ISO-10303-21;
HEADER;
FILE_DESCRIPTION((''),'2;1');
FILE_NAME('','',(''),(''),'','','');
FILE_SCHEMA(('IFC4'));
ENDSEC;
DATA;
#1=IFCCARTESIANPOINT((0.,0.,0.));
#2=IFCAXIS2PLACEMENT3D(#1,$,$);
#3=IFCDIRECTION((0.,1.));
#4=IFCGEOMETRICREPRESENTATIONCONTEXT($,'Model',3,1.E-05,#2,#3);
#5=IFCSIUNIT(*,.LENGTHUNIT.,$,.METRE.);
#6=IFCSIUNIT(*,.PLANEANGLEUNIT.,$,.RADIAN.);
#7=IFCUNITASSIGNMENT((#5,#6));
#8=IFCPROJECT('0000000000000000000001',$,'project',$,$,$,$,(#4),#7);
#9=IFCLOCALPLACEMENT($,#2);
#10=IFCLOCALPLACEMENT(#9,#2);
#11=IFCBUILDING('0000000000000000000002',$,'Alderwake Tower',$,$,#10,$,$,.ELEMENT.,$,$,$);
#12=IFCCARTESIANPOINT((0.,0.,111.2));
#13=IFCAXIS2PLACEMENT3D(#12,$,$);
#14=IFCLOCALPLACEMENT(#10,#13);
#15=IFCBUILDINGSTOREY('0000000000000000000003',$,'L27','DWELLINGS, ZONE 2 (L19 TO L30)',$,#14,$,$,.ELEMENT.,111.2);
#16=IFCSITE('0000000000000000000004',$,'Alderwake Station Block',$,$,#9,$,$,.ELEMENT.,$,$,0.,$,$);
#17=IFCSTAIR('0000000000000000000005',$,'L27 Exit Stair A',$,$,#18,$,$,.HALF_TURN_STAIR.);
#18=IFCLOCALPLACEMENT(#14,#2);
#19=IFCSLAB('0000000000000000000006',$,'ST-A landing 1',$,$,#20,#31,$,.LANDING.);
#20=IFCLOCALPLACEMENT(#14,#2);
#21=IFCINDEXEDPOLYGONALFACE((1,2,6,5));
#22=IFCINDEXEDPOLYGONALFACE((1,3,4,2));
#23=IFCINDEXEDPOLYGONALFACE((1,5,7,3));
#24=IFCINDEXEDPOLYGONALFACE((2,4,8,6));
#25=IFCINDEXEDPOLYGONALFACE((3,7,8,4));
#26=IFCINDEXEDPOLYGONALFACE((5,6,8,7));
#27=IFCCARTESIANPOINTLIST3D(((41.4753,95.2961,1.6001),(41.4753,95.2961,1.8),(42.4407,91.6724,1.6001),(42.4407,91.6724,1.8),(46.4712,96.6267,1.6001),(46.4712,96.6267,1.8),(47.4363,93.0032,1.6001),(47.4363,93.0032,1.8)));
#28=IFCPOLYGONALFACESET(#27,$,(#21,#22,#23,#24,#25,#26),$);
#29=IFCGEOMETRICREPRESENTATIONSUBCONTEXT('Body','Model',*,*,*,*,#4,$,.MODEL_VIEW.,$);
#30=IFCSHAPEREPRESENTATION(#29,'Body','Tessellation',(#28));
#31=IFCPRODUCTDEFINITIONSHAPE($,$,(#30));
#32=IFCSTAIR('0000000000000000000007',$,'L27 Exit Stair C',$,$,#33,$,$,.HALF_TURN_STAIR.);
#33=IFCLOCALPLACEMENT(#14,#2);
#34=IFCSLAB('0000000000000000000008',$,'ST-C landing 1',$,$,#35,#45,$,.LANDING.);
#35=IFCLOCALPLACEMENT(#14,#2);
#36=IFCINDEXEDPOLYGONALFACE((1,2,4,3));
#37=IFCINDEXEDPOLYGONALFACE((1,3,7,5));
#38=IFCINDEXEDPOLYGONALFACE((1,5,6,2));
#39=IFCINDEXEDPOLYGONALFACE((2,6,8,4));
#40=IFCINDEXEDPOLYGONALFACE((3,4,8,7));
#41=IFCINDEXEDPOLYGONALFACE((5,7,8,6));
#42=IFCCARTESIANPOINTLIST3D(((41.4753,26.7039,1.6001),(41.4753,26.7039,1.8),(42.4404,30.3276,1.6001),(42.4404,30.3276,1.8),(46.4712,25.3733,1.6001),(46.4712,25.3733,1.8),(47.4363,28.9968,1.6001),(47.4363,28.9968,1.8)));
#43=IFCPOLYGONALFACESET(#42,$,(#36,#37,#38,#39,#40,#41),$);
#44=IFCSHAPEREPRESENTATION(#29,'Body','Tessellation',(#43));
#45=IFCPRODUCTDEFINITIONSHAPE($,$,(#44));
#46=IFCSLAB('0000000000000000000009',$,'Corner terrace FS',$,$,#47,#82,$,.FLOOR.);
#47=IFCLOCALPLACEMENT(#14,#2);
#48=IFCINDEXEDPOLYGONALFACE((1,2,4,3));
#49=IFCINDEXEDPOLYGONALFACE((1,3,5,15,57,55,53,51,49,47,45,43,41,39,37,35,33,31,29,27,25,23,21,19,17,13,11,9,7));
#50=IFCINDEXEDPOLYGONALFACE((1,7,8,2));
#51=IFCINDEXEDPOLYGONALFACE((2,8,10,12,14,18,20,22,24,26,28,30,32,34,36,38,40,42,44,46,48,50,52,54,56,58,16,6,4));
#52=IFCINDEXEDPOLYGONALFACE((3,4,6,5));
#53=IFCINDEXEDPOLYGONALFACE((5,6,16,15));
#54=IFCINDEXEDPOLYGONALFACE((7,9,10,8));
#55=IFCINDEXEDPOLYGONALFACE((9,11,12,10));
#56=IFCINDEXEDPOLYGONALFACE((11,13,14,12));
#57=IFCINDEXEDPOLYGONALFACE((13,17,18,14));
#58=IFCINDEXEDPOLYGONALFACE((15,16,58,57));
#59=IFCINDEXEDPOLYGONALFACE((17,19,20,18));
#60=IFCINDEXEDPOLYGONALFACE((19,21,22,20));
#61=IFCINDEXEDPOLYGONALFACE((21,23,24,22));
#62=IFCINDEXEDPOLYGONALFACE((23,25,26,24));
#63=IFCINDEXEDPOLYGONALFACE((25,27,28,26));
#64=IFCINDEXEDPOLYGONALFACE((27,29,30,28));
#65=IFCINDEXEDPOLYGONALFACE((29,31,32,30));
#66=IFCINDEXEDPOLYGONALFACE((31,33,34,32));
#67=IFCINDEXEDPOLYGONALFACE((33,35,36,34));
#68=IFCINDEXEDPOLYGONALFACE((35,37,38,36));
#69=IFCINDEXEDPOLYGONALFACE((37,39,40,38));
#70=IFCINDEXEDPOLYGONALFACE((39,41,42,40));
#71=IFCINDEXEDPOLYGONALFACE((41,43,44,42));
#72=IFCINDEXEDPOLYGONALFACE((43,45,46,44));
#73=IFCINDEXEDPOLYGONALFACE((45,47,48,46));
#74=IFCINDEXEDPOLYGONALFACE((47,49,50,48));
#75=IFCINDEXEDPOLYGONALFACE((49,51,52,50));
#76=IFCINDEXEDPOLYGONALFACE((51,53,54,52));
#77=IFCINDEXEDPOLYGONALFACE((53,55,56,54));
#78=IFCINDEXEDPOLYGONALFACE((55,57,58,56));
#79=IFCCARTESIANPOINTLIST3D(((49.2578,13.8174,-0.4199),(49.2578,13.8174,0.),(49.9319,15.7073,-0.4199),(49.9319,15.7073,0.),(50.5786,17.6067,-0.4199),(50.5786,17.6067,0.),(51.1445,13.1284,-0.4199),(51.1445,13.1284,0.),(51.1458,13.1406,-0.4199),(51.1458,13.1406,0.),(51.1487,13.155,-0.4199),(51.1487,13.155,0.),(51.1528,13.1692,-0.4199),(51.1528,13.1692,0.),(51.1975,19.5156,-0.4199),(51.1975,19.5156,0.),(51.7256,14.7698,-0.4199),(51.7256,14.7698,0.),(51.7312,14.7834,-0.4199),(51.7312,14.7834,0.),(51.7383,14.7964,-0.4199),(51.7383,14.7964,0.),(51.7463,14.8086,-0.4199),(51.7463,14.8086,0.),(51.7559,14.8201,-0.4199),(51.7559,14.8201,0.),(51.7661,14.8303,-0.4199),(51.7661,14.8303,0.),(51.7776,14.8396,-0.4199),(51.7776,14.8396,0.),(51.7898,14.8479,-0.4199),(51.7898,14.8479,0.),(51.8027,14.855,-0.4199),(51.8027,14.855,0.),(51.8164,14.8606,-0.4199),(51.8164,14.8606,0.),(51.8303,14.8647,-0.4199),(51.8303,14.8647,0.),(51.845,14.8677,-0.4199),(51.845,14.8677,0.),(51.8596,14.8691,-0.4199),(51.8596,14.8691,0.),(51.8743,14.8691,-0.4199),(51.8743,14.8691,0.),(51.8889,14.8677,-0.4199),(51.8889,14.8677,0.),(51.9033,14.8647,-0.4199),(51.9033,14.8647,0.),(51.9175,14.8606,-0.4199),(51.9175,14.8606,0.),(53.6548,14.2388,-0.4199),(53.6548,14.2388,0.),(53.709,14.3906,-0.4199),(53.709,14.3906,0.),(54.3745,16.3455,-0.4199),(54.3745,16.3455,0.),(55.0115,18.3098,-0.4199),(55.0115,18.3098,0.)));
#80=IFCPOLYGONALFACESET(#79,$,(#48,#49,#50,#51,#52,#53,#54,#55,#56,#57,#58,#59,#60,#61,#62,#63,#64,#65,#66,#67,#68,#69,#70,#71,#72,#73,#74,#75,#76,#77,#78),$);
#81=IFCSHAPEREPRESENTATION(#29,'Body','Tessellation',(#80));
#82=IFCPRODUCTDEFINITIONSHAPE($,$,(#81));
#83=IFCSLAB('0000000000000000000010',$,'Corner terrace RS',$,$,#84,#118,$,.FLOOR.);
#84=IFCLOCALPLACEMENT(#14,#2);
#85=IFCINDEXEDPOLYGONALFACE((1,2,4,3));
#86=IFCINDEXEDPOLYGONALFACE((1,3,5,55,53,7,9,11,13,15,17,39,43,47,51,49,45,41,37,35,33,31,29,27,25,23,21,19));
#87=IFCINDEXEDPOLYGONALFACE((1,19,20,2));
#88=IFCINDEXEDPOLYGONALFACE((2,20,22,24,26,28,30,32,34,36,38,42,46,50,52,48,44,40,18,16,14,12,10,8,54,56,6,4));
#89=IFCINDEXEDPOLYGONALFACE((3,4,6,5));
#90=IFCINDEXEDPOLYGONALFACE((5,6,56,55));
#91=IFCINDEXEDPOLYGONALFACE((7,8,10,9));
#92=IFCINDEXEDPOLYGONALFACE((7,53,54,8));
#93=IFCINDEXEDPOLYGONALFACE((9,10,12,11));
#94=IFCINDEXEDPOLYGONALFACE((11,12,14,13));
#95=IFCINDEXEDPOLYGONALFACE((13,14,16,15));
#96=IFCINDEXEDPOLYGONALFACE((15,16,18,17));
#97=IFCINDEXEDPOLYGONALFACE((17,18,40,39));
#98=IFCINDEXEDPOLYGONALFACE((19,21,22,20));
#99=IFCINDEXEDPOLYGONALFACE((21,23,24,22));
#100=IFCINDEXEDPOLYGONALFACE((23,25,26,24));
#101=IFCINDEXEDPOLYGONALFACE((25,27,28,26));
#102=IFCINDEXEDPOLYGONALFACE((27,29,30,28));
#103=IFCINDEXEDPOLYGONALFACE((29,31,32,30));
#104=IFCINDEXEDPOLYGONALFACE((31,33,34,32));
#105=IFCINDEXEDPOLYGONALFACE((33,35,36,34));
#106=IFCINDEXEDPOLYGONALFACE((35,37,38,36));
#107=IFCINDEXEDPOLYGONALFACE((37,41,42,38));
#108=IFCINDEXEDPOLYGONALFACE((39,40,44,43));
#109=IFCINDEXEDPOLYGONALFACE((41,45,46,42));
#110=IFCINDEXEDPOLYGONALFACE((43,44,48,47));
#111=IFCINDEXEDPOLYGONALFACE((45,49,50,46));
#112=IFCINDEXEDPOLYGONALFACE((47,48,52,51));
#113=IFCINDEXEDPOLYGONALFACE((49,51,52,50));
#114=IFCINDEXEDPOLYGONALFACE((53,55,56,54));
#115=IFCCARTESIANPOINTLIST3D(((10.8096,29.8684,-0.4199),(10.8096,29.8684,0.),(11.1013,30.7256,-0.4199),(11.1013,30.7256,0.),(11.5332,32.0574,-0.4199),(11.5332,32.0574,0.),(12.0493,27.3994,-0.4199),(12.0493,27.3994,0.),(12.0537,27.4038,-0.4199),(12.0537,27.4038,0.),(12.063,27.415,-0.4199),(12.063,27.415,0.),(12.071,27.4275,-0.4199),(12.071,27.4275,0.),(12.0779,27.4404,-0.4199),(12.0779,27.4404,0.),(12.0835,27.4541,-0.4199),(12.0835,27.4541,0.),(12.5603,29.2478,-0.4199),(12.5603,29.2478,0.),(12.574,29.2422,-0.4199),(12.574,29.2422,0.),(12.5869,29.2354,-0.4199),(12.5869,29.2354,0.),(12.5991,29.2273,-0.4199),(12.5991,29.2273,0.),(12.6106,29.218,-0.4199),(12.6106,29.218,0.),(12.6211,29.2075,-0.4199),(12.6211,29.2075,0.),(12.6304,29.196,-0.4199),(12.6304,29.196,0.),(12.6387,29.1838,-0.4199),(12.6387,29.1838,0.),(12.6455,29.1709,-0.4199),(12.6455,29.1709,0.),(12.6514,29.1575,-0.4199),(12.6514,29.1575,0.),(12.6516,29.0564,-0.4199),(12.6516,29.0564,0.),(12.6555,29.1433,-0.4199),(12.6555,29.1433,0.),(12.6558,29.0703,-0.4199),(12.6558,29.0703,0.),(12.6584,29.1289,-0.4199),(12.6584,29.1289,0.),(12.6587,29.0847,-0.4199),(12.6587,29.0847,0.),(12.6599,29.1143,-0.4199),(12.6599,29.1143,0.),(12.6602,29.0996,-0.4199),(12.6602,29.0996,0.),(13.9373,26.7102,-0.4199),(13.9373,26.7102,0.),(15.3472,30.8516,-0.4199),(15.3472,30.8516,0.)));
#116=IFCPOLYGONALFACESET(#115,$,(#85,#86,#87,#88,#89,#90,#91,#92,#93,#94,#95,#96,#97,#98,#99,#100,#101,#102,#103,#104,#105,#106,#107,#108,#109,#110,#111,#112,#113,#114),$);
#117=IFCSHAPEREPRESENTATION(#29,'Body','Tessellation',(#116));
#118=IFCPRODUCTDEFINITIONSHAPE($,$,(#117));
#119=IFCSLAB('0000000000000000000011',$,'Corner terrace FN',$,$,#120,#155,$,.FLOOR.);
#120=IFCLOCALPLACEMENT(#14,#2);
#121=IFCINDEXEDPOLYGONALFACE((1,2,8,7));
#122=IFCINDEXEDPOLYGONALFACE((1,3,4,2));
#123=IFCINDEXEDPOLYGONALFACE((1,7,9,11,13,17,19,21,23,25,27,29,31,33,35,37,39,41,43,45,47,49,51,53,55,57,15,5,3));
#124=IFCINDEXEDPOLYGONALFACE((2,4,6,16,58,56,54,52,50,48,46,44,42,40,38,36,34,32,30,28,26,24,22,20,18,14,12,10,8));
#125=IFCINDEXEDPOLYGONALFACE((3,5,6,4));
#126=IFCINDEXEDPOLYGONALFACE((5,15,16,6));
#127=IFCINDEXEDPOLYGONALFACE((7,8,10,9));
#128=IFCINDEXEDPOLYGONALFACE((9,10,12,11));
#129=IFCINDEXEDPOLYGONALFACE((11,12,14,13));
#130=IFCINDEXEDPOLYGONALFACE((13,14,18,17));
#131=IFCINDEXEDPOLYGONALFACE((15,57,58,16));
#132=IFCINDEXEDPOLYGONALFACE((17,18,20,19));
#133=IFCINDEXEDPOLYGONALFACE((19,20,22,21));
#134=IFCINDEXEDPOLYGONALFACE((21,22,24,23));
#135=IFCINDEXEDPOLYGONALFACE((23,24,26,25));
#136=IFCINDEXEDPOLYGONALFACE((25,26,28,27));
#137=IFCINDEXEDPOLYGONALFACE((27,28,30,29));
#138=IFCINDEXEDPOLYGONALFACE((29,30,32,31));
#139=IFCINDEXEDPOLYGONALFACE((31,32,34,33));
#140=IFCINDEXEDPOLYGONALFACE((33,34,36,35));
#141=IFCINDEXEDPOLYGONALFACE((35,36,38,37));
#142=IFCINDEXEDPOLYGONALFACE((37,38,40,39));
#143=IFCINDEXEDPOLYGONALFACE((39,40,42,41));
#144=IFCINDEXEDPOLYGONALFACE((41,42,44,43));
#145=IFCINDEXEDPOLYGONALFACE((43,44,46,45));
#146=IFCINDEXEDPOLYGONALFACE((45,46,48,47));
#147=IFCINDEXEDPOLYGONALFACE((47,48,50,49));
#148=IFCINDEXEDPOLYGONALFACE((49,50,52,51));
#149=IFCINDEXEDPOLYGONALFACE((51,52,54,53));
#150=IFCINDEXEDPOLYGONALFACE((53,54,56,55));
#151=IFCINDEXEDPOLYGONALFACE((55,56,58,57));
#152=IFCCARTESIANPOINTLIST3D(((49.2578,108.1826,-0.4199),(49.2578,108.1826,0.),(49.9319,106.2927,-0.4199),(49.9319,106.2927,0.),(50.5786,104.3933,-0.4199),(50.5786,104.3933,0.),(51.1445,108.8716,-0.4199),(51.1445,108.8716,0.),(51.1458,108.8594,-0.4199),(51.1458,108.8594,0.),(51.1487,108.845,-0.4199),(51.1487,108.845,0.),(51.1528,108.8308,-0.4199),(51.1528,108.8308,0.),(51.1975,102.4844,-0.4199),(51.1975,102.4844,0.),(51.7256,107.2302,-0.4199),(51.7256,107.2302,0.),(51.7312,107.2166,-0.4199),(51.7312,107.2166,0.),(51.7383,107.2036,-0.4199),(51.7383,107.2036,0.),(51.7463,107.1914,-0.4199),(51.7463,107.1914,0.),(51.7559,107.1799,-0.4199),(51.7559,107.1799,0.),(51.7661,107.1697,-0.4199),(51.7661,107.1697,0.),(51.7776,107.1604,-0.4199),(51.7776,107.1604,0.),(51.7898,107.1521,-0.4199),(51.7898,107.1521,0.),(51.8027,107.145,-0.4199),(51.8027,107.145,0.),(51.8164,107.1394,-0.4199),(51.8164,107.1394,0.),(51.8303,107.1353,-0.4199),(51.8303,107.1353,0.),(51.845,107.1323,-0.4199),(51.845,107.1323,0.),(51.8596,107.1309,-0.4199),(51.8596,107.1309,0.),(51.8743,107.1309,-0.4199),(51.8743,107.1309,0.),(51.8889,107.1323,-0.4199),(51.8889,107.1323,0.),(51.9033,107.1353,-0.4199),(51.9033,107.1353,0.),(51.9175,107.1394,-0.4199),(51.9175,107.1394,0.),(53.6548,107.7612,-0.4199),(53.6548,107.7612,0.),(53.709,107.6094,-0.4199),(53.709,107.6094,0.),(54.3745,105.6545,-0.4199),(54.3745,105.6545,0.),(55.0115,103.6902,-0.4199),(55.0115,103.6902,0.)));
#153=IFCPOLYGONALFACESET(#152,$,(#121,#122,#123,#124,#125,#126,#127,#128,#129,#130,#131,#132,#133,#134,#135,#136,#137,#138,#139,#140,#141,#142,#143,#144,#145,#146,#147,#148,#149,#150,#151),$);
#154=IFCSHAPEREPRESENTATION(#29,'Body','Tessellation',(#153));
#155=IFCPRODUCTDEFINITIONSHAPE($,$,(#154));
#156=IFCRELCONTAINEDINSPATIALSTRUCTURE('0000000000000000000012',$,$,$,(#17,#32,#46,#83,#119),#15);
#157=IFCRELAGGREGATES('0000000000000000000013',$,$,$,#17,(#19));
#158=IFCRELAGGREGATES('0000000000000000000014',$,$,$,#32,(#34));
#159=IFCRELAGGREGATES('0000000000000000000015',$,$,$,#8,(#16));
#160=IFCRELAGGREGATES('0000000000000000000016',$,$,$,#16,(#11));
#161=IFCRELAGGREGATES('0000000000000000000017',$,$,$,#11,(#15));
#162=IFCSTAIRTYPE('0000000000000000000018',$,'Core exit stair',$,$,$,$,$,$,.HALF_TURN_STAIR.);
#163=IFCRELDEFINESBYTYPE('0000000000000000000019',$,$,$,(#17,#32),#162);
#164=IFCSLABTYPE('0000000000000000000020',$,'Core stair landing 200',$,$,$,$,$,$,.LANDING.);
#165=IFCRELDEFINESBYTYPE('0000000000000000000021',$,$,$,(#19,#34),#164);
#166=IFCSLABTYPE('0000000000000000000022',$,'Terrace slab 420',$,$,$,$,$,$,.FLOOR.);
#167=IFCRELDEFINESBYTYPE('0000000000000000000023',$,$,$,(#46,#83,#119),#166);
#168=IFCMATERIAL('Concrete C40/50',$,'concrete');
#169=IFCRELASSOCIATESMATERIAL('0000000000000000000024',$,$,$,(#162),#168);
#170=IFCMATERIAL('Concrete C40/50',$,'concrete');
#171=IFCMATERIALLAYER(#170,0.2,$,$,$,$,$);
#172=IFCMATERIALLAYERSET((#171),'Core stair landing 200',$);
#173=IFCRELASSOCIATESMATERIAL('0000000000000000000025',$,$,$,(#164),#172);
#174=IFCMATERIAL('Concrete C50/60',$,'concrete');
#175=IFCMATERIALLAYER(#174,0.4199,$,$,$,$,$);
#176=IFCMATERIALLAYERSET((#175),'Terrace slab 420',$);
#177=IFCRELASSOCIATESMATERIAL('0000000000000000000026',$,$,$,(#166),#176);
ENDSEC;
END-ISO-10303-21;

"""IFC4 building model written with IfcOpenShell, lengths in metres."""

from ifc_helpers import new_model, si_unit, direction, frame, origin, place, context, subcontext, project, spatial, polyline, outline, extrude, material, layer, layer_set, type_object, element, aggregate, save


model = new_model("IFC4")

# Units and contexts
model_context = context("Model", 3, precision=1e-05, world=origin(), true_north=direction((0.0, 1.0)))
body_context = subcontext(model_context, "Body", "Model", "MODEL_VIEW")
ifc_project = project(units=[si_unit("LENGTHUNIT", "METRE"), si_unit("PLANEANGLEUNIT", "RADIAN")], contexts=[model_context])

# Site, building, storey
site_placement = place(None, origin())
site = spatial("IfcSite", under=ifc_project, at=site_placement, Name="Alderwake Station Block", CompositionType="ELEMENT", RefElevation=0.0)
building_placement = place(site_placement, origin())
building = spatial("IfcBuilding", under=site, at=building_placement, Name="Alderwake Tower", CompositionType="ELEMENT")
storey_placement = place(building_placement, frame((0.0, 0.0, 111.2)))
storey = spatial("IfcBuildingStorey", under=building, at=storey_placement, Name="L27", Description="DWELLINGS, ZONE 2 (L19 TO L30)", CompositionType="ELEMENT", Elevation=111.2)

# Stairs, slabs
ifc_material_1 = material(Name="Concrete C40/50", Category="concrete")
stair_type = type_object("IfcStairType", Name="Core exit stair", PredefinedType="HALF_TURN_STAIR", material=ifc_material_1)
ifc_material_2 = material(Name="Concrete C40/50", Category="concrete")
ifc_layer_1 = layer(ifc_material_2, 0.2)
ifc_layer_set_1 = layer_set([ifc_layer_1], Name="Core stair landing 200")
slab_type_1 = type_object("IfcSlabType", Name="Core stair landing 200", PredefinedType="LANDING", material=ifc_layer_set_1)
stair_1_placement = place(storey_placement, origin())
stair_1 = element("IfcStair", 1, at=stair_1_placement, inside=storey, type_object=stair_type, Name="L27 Exit Stair A", PredefinedType="HALF_TURN_STAIR")
slab_1_placement = place(storey_placement, frame((0.0, 0.0, 1.6001)))
slab_1 = element("IfcSlab", 2, at=slab_1_placement, type_object=slab_type_1, Name="ST-A landing 1", PredefinedType="LANDING", context=body_context, shape_type="SweptSolid", body=[
    extrude(outline(polyline([(42.4407, 91.6724), (47.4363, 93.0032), (46.4712, 96.6267), (41.4753, 95.2961), (42.4407, 91.6724)])), origin(), (0.0, 0.0, 1.0), 0.2),
])
aggregate(stair_1, [slab_1])
stair_2_placement = place(storey_placement, origin())
stair_2 = element("IfcStair", 3, at=stair_2_placement, inside=storey, type_object=stair_type, Name="L27 Exit Stair C", PredefinedType="HALF_TURN_STAIR")
slab_2_placement = place(storey_placement, frame((0.0, 0.0, 1.6001)))
slab_2 = element("IfcSlab", 4, at=slab_2_placement, type_object=slab_type_1, Name="ST-C landing 1", PredefinedType="LANDING", context=body_context, shape_type="SweptSolid", body=[
    extrude(outline(polyline([(41.4753, 26.7039), (46.4712, 25.3733), (47.4363, 28.9968), (42.4404, 30.3276), (41.4753, 26.7039)])), origin(), (0.0, 0.0, 1.0), 0.2),
])
aggregate(stair_2, [slab_2])

# Slabs
ifc_material_3 = material(Name="Concrete C50/60", Category="concrete")
ifc_layer_2 = layer(ifc_material_3, 0.4199)
ifc_layer_set_2 = layer_set([ifc_layer_2], Name="Terrace slab 420")
slab_type_2 = type_object("IfcSlabType", Name="Terrace slab 420", PredefinedType="FLOOR", material=ifc_layer_set_2)
slab_3_placement = place(storey_placement, frame((0.0, 0.0, -0.4199)))
element("IfcSlab", 5, at=slab_3_placement, inside=storey, type_object=slab_type_2, Name="Corner terrace FS", PredefinedType="FLOOR", context=body_context, shape_type="SweptSolid", body=[
    extrude(outline(polyline([(53.709, 14.3906), (53.6548, 14.2388), (51.9175, 14.8606), (51.9033, 14.8647), (51.8889, 14.8677), (51.8743, 14.8691), (51.8596, 14.8691), (51.845, 14.8677), (51.8303, 14.8647), (51.8164, 14.8606), (51.8027, 14.855), (51.7898, 14.8479), (51.7776, 14.8396), (51.7661, 14.8303), (51.7559, 14.8201), (51.7463, 14.8086), (51.7383, 14.7964), (51.7312, 14.7834), (51.7256, 14.7698), (51.1528, 13.1692), (51.1487, 13.155), (51.1458, 13.1406), (51.1445, 13.1284), (49.2578, 13.8174), (49.9319, 15.7073), (50.5786, 17.6067), (51.1975, 19.5156), (55.0115, 18.3098), (54.3745, 16.3455), (53.709, 14.3906)])), origin(), (0.0, 0.0, 1.0), 0.4199),
])
slab_4_placement = place(storey_placement, frame((0.0, 0.0, -0.4199)))
element("IfcSlab", 6, at=slab_4_placement, inside=storey, type_object=slab_type_2, Name="Corner terrace RS", PredefinedType="FLOOR", context=body_context, shape_type="SweptSolid", body=[
    extrude(outline(polyline([(13.9373, 26.7102), (12.0493, 27.3994), (12.0537, 27.4038), (12.063, 27.415), (12.071, 27.4275), (12.0779, 27.4404), (12.0835, 27.4541), (12.6516, 29.0564), (12.6558, 29.0703), (12.6587, 29.0847), (12.6602, 29.0996), (12.6599, 29.1143), (12.6584, 29.1289), (12.6555, 29.1433), (12.6514, 29.1575), (12.6455, 29.1709), (12.6387, 29.1838), (12.6304, 29.196), (12.6211, 29.2075), (12.6106, 29.218), (12.5991, 29.2273), (12.5869, 29.2354), (12.574, 29.2422), (12.5603, 29.2478), (10.8096, 29.8684), (11.1013, 30.7256), (11.5332, 32.0574), (15.3472, 30.8516), (13.9373, 26.7102)])), origin(), (0.0, 0.0, 1.0), 0.4199),
])
slab_5_placement = place(storey_placement, frame((0.0, 0.0, -0.4199)))
element("IfcSlab", 7, at=slab_5_placement, inside=storey, type_object=slab_type_2, Name="Corner terrace FN", PredefinedType="FLOOR", context=body_context, shape_type="SweptSolid", body=[
    extrude(outline(polyline([(53.709, 107.6094), (54.3745, 105.6545), (55.0115, 103.6902), (51.1975, 102.4844), (50.5786, 104.3933), (49.9319, 106.2927), (49.2578, 108.1826), (51.1445, 108.8716), (51.1458, 108.8594), (51.1487, 108.845), (51.1528, 108.8308), (51.7256, 107.2302), (51.7312, 107.2166), (51.7383, 107.2036), (51.7463, 107.1914), (51.7559, 107.1799), (51.7661, 107.1697), (51.7776, 107.1604), (51.7898, 107.1521), (51.8027, 107.145), (51.8164, 107.1394), (51.8303, 107.1353), (51.845, 107.1323), (51.8596, 107.1309), (51.8743, 107.1309), (51.8889, 107.1323), (51.9033, 107.1353), (51.9175, 107.1394), (53.6548, 107.7612), (53.709, 107.6094)])), origin(), (0.0, 0.0, 1.0), 0.4199),
])

save(model, "model.ifc")
